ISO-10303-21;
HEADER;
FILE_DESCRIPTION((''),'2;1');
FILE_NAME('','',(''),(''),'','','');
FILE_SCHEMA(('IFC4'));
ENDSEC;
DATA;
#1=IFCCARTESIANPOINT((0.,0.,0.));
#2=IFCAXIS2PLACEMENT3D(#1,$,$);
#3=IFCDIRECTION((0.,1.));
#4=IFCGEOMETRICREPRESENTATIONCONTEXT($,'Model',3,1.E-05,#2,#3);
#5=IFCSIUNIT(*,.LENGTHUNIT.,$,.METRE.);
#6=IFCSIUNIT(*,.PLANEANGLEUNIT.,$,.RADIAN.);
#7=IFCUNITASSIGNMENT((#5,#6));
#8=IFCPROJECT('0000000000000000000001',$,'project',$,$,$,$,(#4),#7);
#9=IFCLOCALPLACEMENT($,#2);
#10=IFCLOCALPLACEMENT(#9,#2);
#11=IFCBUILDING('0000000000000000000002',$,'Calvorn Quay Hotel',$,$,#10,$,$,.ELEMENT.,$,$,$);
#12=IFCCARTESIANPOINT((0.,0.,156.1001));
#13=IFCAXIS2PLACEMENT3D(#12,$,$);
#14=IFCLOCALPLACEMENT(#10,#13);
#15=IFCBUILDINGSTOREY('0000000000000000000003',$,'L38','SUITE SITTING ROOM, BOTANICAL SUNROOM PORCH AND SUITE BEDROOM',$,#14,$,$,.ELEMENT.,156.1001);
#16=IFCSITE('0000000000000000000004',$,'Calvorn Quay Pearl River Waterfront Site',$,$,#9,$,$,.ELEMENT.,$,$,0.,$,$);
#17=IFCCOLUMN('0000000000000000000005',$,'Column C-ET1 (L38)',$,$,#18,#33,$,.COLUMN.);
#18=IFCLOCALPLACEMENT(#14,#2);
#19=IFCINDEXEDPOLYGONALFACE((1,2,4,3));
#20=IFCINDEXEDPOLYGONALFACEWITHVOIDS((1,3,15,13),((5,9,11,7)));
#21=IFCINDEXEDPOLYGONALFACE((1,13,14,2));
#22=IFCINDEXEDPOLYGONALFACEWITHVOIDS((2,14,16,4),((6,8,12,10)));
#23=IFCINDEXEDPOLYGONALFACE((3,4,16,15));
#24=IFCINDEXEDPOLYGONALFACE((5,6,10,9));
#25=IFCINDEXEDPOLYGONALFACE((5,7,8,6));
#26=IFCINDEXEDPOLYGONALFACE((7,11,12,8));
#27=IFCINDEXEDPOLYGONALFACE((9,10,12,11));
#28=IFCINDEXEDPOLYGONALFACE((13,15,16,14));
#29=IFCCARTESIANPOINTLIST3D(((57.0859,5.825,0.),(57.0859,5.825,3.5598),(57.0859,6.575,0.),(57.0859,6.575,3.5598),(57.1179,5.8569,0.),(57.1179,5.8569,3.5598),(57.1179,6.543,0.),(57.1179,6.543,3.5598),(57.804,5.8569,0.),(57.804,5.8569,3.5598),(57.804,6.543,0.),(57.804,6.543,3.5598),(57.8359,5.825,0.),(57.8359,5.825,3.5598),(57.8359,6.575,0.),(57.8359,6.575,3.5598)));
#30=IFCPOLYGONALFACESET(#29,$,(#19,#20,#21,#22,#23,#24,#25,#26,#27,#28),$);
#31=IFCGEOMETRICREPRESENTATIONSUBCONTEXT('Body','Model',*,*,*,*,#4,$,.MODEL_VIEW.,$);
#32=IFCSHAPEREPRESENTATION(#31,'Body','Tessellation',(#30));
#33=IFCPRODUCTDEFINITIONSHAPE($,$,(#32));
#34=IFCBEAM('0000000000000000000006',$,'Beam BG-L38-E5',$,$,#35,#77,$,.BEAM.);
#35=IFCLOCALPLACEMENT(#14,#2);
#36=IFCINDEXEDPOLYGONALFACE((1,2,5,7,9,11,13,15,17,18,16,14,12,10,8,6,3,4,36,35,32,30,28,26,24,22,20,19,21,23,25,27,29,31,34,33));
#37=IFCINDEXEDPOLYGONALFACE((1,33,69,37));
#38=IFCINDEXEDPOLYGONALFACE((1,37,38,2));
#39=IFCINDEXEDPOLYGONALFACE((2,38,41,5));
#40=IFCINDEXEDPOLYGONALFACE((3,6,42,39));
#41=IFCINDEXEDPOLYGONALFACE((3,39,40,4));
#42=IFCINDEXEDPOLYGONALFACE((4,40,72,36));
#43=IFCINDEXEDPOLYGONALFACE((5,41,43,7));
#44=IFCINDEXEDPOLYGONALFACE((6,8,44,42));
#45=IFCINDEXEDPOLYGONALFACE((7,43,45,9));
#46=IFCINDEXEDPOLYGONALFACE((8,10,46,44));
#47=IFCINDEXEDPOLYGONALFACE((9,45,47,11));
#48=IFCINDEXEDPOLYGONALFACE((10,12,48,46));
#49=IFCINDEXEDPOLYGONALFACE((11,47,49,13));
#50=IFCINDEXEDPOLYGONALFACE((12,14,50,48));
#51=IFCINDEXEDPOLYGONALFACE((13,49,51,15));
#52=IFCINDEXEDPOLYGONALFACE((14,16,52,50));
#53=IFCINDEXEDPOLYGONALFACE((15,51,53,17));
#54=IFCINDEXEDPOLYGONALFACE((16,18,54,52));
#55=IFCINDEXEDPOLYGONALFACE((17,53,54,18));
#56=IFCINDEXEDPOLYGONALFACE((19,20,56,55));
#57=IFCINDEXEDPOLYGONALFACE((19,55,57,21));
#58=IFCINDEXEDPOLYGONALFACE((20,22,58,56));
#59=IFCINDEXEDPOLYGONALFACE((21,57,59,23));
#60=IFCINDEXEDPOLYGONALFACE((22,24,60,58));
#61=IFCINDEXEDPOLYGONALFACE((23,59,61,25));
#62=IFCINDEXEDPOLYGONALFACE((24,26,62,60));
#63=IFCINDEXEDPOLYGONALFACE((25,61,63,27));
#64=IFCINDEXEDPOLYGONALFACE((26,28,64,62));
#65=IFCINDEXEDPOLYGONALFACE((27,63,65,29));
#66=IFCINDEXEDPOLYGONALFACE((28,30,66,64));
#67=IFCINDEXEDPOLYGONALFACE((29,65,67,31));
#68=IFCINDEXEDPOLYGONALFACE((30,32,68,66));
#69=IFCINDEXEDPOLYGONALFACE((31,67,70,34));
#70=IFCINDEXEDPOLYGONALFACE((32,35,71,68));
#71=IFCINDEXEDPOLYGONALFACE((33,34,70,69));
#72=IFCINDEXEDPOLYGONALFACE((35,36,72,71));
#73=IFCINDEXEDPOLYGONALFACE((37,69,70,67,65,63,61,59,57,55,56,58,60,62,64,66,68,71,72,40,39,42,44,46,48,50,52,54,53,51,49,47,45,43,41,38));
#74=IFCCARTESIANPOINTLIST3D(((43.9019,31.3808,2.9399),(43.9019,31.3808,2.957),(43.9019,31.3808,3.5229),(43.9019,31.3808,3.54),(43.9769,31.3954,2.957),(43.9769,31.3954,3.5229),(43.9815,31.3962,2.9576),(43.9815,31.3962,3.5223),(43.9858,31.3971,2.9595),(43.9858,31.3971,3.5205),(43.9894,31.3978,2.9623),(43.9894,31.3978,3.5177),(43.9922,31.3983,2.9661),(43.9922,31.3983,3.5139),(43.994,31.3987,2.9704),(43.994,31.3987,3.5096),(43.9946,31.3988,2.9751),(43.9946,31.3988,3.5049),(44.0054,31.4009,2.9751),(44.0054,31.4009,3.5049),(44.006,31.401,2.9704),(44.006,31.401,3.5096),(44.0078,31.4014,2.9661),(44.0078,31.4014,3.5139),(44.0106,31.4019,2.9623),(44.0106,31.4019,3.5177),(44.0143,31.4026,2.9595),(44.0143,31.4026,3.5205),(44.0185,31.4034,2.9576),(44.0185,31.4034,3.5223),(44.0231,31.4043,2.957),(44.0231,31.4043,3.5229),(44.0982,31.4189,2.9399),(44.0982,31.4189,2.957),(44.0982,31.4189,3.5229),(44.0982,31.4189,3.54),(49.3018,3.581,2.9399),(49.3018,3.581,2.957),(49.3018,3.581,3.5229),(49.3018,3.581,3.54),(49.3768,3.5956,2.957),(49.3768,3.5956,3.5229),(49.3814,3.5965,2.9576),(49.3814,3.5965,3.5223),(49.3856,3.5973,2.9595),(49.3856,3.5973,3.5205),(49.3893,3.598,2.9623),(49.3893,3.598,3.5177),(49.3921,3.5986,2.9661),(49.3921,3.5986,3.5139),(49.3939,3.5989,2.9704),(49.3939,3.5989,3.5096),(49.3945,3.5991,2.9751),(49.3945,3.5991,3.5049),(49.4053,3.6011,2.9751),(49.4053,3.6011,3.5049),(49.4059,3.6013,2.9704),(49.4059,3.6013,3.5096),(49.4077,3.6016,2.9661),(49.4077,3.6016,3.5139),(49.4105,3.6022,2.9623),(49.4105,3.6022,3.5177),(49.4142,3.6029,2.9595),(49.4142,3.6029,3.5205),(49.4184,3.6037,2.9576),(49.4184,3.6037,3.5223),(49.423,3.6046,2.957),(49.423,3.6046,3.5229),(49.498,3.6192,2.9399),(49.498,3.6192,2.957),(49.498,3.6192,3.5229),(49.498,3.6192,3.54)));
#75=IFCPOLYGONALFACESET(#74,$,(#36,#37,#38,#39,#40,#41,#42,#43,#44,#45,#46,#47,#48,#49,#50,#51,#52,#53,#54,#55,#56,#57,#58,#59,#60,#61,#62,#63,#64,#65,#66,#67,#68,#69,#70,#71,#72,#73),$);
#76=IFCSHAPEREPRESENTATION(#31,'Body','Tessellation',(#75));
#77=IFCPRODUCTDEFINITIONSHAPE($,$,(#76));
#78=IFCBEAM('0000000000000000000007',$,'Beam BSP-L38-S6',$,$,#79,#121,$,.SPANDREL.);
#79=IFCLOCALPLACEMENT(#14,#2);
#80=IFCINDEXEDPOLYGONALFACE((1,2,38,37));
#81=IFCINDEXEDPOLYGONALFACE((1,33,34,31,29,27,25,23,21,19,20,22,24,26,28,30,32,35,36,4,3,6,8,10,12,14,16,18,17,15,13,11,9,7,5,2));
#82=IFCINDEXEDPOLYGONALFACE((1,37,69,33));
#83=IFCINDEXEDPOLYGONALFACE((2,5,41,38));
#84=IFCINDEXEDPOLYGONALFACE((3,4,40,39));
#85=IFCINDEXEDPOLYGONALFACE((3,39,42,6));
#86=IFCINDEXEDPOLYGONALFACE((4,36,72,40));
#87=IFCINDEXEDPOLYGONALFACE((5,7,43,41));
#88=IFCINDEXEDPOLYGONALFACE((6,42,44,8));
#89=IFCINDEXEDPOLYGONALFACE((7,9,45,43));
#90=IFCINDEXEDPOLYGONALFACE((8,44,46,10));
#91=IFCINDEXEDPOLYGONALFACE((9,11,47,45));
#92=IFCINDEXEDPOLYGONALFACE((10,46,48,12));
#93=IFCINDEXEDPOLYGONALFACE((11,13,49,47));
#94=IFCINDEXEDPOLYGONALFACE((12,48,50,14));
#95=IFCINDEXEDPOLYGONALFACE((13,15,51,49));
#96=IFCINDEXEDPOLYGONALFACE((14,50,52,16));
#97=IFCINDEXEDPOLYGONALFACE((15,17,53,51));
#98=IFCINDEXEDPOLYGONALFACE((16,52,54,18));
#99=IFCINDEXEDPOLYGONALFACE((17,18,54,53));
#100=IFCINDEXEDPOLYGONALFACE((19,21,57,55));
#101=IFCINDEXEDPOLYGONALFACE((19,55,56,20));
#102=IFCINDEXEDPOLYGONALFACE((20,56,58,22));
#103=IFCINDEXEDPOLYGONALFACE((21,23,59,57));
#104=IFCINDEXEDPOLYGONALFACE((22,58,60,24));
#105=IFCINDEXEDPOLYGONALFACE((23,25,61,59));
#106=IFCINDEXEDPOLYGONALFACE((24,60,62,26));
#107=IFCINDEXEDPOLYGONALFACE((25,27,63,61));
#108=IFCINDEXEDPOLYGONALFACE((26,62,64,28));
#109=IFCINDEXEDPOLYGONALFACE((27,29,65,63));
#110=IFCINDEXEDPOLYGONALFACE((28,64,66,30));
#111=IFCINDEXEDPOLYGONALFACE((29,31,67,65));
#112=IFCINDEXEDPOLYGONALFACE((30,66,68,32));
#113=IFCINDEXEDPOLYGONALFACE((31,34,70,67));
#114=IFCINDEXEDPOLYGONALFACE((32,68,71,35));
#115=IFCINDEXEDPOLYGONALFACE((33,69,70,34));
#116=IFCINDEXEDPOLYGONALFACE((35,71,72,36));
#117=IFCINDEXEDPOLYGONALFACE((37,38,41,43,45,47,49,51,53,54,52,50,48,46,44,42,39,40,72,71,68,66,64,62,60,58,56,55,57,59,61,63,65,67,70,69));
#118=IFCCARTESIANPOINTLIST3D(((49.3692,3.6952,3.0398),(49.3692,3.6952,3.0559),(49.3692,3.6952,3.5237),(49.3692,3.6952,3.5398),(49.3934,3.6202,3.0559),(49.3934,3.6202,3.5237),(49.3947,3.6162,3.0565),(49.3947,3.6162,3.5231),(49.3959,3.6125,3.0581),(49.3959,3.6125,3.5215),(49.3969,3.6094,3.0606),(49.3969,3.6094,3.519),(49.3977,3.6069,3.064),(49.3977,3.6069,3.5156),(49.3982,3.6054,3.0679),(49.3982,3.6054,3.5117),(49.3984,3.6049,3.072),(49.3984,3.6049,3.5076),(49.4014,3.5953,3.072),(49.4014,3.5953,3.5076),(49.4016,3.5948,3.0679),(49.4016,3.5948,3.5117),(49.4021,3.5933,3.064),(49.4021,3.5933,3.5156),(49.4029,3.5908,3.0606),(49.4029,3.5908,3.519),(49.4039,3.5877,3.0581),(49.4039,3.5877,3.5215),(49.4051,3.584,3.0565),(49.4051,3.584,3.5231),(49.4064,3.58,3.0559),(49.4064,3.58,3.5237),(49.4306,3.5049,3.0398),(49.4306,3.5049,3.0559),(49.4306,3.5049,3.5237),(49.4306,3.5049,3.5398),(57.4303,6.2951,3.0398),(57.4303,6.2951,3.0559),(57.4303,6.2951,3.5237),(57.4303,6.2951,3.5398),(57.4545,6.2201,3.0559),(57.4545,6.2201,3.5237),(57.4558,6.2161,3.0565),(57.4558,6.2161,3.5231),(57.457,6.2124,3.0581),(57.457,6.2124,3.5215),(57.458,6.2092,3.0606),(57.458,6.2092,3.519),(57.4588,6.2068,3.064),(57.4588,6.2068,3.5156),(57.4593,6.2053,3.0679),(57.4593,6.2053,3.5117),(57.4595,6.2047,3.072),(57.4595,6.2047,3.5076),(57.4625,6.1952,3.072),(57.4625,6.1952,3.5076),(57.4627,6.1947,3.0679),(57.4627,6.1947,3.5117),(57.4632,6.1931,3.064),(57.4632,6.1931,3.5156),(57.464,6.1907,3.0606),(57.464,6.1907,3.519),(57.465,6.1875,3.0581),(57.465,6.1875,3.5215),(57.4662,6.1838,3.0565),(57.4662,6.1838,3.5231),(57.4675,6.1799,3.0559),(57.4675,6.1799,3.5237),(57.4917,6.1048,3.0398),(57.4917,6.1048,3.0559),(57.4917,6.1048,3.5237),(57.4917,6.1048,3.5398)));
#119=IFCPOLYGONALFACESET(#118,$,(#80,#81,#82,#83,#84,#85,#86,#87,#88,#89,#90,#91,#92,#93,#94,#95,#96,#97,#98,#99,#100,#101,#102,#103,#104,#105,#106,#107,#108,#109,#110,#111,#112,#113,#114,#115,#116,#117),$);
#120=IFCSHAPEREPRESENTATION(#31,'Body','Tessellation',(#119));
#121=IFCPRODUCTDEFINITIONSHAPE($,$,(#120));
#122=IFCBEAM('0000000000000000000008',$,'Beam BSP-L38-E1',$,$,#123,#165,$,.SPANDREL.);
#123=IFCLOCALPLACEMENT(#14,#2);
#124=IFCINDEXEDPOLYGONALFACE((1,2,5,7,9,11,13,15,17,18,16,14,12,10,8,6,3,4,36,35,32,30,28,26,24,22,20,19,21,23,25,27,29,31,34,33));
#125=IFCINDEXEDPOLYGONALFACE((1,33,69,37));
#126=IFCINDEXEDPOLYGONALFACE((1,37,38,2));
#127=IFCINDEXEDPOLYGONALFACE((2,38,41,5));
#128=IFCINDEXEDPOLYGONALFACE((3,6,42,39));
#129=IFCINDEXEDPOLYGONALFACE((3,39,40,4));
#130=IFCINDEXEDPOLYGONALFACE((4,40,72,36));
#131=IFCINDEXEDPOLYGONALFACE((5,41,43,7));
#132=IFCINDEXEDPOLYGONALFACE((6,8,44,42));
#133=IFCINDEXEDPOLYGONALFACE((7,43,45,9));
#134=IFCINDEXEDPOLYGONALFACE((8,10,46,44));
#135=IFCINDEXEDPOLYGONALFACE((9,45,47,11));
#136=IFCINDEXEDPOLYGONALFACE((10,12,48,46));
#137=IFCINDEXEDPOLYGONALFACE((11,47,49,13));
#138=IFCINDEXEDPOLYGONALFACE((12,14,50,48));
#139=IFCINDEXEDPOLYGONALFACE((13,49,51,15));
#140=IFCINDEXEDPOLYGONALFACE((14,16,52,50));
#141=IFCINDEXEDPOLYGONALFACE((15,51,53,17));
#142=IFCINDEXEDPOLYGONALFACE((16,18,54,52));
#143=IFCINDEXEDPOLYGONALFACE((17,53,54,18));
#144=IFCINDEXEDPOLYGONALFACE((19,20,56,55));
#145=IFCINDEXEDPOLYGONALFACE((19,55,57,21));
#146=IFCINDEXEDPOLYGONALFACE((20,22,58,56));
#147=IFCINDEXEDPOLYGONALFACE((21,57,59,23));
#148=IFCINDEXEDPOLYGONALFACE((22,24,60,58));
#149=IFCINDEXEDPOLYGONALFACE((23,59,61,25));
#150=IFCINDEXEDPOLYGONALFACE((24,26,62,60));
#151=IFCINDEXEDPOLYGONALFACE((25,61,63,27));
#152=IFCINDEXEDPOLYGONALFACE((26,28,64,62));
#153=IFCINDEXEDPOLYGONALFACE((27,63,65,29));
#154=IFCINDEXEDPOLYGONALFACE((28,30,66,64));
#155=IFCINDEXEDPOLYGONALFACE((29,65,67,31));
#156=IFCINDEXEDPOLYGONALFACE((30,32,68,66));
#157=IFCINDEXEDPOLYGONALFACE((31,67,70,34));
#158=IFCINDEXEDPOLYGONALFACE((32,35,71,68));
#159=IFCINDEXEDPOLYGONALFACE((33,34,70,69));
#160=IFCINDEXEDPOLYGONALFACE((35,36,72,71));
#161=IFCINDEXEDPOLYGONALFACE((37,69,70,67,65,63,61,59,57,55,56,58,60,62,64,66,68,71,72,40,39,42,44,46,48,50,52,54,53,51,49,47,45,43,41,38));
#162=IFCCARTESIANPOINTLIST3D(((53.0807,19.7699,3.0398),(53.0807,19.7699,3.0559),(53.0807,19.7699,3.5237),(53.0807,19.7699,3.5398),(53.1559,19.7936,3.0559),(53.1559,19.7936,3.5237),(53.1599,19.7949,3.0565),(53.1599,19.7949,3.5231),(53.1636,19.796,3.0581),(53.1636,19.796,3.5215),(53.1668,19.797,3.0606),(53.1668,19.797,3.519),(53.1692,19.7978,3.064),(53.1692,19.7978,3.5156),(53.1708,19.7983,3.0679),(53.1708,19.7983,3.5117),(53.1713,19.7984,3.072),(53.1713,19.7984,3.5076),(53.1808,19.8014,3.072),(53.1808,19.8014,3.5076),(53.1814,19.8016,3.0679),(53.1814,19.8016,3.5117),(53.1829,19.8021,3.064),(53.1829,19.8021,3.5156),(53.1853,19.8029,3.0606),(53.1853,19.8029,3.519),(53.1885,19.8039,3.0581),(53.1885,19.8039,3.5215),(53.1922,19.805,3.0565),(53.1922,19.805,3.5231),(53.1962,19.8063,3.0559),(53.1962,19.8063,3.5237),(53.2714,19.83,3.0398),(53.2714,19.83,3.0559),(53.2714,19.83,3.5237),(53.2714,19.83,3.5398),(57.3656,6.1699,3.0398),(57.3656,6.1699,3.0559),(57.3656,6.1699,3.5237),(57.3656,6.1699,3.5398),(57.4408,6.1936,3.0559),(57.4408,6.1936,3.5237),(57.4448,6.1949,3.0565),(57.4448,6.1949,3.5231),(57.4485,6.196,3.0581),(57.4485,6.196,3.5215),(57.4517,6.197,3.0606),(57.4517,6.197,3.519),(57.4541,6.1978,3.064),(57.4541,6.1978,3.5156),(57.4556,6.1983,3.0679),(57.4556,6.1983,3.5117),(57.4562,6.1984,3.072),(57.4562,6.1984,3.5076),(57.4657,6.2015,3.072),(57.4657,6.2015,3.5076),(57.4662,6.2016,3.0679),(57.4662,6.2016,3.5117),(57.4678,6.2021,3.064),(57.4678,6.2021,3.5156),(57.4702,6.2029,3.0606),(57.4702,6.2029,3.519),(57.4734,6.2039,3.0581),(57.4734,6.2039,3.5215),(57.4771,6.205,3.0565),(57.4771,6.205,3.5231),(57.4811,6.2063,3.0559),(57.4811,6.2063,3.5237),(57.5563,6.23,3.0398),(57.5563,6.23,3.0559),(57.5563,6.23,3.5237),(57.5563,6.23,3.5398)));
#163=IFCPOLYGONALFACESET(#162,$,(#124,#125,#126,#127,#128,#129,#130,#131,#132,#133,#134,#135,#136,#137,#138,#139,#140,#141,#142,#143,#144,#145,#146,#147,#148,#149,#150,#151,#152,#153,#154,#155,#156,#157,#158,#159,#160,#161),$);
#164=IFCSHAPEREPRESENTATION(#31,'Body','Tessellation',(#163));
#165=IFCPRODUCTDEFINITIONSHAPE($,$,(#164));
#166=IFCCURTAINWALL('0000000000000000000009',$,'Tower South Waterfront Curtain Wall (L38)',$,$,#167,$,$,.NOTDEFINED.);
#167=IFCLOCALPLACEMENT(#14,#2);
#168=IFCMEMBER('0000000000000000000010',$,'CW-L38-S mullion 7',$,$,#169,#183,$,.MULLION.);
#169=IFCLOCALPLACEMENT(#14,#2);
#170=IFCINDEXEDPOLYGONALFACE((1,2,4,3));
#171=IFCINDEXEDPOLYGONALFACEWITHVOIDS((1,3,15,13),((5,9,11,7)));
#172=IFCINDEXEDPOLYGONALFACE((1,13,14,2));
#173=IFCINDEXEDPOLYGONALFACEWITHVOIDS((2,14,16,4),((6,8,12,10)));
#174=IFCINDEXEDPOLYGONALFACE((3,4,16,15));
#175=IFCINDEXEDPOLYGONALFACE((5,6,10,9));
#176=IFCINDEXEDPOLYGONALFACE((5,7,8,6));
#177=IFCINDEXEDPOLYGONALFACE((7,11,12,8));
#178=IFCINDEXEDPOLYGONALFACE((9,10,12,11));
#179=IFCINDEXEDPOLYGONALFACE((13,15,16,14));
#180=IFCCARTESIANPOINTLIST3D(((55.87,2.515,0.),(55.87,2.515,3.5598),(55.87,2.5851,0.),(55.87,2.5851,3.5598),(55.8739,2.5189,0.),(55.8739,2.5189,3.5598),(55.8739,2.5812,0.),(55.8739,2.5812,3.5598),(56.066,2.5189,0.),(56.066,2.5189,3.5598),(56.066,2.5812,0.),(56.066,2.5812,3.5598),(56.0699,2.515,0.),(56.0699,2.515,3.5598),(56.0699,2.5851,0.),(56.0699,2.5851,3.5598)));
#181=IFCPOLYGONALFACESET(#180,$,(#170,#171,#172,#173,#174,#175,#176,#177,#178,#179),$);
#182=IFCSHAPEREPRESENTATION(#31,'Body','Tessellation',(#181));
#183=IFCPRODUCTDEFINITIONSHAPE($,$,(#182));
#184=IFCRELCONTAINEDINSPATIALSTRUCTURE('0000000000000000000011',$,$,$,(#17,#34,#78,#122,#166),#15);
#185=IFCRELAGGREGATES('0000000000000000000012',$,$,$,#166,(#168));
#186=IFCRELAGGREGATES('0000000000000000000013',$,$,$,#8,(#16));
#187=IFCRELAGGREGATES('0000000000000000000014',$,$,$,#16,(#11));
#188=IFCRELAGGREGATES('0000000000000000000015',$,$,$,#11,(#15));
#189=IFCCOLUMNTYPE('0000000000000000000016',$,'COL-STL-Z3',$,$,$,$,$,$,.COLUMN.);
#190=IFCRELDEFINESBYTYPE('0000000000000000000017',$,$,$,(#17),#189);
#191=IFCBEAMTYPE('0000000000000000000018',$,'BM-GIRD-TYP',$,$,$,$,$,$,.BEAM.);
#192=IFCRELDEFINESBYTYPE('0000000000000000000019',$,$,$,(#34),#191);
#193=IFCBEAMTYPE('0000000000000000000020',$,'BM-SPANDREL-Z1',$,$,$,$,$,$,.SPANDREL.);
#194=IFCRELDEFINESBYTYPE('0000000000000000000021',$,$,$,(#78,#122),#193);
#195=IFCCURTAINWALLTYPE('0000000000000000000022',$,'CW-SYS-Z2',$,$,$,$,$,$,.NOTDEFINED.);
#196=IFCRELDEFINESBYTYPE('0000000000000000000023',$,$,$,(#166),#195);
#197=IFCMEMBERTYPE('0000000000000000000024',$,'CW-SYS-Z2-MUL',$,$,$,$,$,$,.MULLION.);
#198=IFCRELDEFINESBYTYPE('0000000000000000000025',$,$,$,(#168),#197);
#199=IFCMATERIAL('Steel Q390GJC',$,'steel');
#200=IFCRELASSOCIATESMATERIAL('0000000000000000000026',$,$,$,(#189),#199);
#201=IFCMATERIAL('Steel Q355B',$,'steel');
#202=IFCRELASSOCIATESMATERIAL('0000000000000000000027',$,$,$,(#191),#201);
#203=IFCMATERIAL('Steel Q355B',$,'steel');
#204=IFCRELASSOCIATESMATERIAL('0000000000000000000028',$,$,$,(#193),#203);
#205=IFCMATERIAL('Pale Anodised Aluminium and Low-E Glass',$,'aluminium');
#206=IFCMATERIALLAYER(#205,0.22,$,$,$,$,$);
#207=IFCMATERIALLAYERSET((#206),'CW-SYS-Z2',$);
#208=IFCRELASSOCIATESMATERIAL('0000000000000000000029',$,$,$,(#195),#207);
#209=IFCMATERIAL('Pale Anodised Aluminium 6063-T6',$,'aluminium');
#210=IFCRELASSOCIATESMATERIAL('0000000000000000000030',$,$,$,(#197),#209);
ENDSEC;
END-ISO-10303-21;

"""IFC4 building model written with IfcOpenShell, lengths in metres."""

from ifc_helpers import new_model, si_unit, direction, frame, origin, origin_2d, place, context, subcontext, project, spatial, hollow_rectangle, i_section, extrude, material, layer, layer_set, material_profile, profile_set, type_object, element, aggregate, save


model = new_model("IFC4")

# Units and contexts
model_context = context("Model", 3, precision=1e-05, world=origin(), true_north=direction((0.0, 1.0)))
body_context = subcontext(model_context, "Body", "Model", "MODEL_VIEW")
ifc_project = project(units=[si_unit("LENGTHUNIT", "METRE"), si_unit("PLANEANGLEUNIT", "RADIAN")], contexts=[model_context])

# Site, building, storey
site_placement = place(None, origin())
site = spatial("IfcSite", under=ifc_project, at=site_placement, Name="Calvorn Quay Pearl River Waterfront Site", CompositionType="ELEMENT", RefElevation=0.0)
building_placement = place(site_placement, origin())
building = spatial("IfcBuilding", under=site, at=building_placement, Name="Calvorn Quay Hotel", CompositionType="ELEMENT")
storey_placement = place(building_placement, frame((0.0, 0.0, 156.1001)))
storey = spatial("IfcBuildingStorey", under=building, at=storey_placement, Name="L38", Description="SUITE SITTING ROOM, BOTANICAL SUNROOM PORCH AND SUITE BEDROOM", CompositionType="ELEMENT", Elevation=156.1001)

# Column
ifc_material_1 = material(Name="Steel Q390GJC", Category="steel")
ifc_material_profile_1 = material_profile(ifc_material_1, hollow_rectangle(XDim=0.75, YDim=0.75, WallThickness=0.032, at=origin_2d()), Name="BOX750x750x32")
ifc_profile_set_1 = profile_set([ifc_material_profile_1], Name="Steel Q390GJC")
column_type = type_object("IfcColumnType", Name="COL-STL-Z3", PredefinedType="COLUMN", material=ifc_profile_set_1)
column_placement = place(storey_placement, frame((57.4609, 6.2, 0.0), z_axis=(0.0, 0.0, 1.0), x_axis=(1.0, 0.0, 0.0)))
element("IfcColumn", 1, at=column_placement, inside=storey, type_object=column_type, Name="Column C-ET1 (L38)", PredefinedType="COLUMN", context=body_context, shape_type="SweptSolid", body=[
    extrude(hollow_rectangle(XDim=0.75, YDim=0.75, WallThickness=0.032, at=origin_2d()), origin(), (0.0, 0.0, 1.0), 3.5598),
])

# Beams
ifc_material_2 = material(Name="Steel Q355B", Category="steel")
ifc_material_profile_2 = material_profile(ifc_material_2, i_section(OverallWidth=0.2, OverallDepth=0.6001, WebThickness=0.011, FlangeThickness=0.0171, FilletRadius=0.0181, at=origin_2d()), Name="HN600x200x11x17")
ifc_profile_set_2 = profile_set([ifc_material_profile_2], Name="Steel Q355B")
beam_type_1 = type_object("IfcBeamType", Name="BM-GIRD-TYP", PredefinedType="BEAM", material=ifc_profile_set_2)
beam_1_placement = place(storey_placement, frame((49.3999, 3.6001, 3.24), z_axis=(-0.190679, 0.981653, 0.0), x_axis=(-0.981653, -0.190679, 0.0)))
element("IfcBeam", 2, at=beam_1_placement, inside=storey, type_object=beam_type_1, Name="Beam BG-L38-E5", PredefinedType="BEAM", context=body_context, shape_type="SweptSolid", body=[
    extrude(i_section(OverallWidth=0.2, OverallDepth=0.6001, WebThickness=0.011, FlangeThickness=0.0171, FilletRadius=0.0181, at=origin_2d()), origin(), (0.0, 0.0, 1.0), 28.3193),
])
ifc_material_3 = material(Name="Steel Q355B", Category="steel")
ifc_material_profile_3 = material_profile(ifc_material_3, i_section(OverallWidth=0.2, OverallDepth=0.5, WebThickness=0.01, FlangeThickness=0.0161, FilletRadius=0.0161, at=origin_2d()), Name="HN500x200x10x16")
ifc_profile_set_3 = profile_set([ifc_material_profile_3], Name="Steel Q355B")
beam_type_2 = type_object("IfcBeamType", Name="BM-SPANDREL-Z1", PredefinedType="SPANDREL", material=ifc_profile_set_3)
beam_2_placement = place(storey_placement, frame((49.3999, 3.6001, 3.2898), z_axis=(0.951725, 0.306951, 0.0), x_axis=(-0.306951, 0.951725, 0.0)))
element("IfcBeam", 3, at=beam_2_placement, inside=storey, type_object=beam_type_2, Name="Beam BSP-L38-S6", PredefinedType="SPANDREL", context=body_context, shape_type="SweptSolid", body=[
    extrude(i_section(OverallWidth=0.2, OverallDepth=0.5, WebThickness=0.01, FlangeThickness=0.0161, FilletRadius=0.0161, at=origin_2d()), origin(), (0.0, 0.0, 1.0), 8.47),
])
beam_3_placement = place(storey_placement, frame((57.4609, 6.2, 3.2898), z_axis=(-0.300503, 0.953781, 0.0), x_axis=(-0.953781, -0.300503, 0.0)))
element("IfcBeam", 4, at=beam_3_placement, inside=storey, type_object=beam_type_2, Name="Beam BSP-L38-E1", PredefinedType="SPANDREL", context=body_context, shape_type="SweptSolid", body=[
    extrude(i_section(OverallWidth=0.2, OverallDepth=0.5, WebThickness=0.01, FlangeThickness=0.0161, FilletRadius=0.0161, at=origin_2d()), origin(), (0.0, 0.0, 1.0), 14.259),
])

# Curtain wall, member
ifc_material_4 = material(Name="Pale Anodised Aluminium and Low-E Glass", Category="aluminium")
ifc_layer_1 = layer(ifc_material_4, 0.22)
ifc_layer_set_1 = layer_set([ifc_layer_1], Name="CW-SYS-Z2")
curtain_wall_type = type_object("IfcCurtainWallType", Name="CW-SYS-Z2", PredefinedType="NOTDEFINED", material=ifc_layer_set_1)
curtain_wall_placement = place(storey_placement, origin())
curtain_wall = element("IfcCurtainWall", 5, at=curtain_wall_placement, inside=storey, type_object=curtain_wall_type, Name="Tower South Waterfront Curtain Wall (L38)", PredefinedType="NOTDEFINED")
ifc_material_5 = material(Name="Pale Anodised Aluminium 6063-T6", Category="aluminium")
ifc_material_profile_4 = material_profile(ifc_material_5, hollow_rectangle(XDim=0.0701, YDim=0.2, WallThickness=0.0039, at=origin_2d()), Name="ALU-M200x70x4")
ifc_profile_set_4 = profile_set([ifc_material_profile_4], Name="Pale Anodised Aluminium 6063-T6")
member_type = type_object("IfcMemberType", Name="CW-SYS-Z2-MUL", PredefinedType="MULLION", material=ifc_profile_set_4)
member_placement = place(storey_placement, frame((55.97, 2.55, 0.0), z_axis=(0.0, 0.0, 1.0), x_axis=(0.0, 1.0, 0.0)))
member = element("IfcMember", 6, at=member_placement, type_object=member_type, Name="CW-L38-S mullion 7", PredefinedType="MULLION", context=body_context, shape_type="SweptSolid", body=[
    extrude(hollow_rectangle(XDim=0.0701, YDim=0.2, WallThickness=0.0039, at=origin_2d()), origin(), (0.0, 0.0, 1.0), 3.5598),
])
aggregate(curtain_wall, [member])

save(model, "model.ifc")
